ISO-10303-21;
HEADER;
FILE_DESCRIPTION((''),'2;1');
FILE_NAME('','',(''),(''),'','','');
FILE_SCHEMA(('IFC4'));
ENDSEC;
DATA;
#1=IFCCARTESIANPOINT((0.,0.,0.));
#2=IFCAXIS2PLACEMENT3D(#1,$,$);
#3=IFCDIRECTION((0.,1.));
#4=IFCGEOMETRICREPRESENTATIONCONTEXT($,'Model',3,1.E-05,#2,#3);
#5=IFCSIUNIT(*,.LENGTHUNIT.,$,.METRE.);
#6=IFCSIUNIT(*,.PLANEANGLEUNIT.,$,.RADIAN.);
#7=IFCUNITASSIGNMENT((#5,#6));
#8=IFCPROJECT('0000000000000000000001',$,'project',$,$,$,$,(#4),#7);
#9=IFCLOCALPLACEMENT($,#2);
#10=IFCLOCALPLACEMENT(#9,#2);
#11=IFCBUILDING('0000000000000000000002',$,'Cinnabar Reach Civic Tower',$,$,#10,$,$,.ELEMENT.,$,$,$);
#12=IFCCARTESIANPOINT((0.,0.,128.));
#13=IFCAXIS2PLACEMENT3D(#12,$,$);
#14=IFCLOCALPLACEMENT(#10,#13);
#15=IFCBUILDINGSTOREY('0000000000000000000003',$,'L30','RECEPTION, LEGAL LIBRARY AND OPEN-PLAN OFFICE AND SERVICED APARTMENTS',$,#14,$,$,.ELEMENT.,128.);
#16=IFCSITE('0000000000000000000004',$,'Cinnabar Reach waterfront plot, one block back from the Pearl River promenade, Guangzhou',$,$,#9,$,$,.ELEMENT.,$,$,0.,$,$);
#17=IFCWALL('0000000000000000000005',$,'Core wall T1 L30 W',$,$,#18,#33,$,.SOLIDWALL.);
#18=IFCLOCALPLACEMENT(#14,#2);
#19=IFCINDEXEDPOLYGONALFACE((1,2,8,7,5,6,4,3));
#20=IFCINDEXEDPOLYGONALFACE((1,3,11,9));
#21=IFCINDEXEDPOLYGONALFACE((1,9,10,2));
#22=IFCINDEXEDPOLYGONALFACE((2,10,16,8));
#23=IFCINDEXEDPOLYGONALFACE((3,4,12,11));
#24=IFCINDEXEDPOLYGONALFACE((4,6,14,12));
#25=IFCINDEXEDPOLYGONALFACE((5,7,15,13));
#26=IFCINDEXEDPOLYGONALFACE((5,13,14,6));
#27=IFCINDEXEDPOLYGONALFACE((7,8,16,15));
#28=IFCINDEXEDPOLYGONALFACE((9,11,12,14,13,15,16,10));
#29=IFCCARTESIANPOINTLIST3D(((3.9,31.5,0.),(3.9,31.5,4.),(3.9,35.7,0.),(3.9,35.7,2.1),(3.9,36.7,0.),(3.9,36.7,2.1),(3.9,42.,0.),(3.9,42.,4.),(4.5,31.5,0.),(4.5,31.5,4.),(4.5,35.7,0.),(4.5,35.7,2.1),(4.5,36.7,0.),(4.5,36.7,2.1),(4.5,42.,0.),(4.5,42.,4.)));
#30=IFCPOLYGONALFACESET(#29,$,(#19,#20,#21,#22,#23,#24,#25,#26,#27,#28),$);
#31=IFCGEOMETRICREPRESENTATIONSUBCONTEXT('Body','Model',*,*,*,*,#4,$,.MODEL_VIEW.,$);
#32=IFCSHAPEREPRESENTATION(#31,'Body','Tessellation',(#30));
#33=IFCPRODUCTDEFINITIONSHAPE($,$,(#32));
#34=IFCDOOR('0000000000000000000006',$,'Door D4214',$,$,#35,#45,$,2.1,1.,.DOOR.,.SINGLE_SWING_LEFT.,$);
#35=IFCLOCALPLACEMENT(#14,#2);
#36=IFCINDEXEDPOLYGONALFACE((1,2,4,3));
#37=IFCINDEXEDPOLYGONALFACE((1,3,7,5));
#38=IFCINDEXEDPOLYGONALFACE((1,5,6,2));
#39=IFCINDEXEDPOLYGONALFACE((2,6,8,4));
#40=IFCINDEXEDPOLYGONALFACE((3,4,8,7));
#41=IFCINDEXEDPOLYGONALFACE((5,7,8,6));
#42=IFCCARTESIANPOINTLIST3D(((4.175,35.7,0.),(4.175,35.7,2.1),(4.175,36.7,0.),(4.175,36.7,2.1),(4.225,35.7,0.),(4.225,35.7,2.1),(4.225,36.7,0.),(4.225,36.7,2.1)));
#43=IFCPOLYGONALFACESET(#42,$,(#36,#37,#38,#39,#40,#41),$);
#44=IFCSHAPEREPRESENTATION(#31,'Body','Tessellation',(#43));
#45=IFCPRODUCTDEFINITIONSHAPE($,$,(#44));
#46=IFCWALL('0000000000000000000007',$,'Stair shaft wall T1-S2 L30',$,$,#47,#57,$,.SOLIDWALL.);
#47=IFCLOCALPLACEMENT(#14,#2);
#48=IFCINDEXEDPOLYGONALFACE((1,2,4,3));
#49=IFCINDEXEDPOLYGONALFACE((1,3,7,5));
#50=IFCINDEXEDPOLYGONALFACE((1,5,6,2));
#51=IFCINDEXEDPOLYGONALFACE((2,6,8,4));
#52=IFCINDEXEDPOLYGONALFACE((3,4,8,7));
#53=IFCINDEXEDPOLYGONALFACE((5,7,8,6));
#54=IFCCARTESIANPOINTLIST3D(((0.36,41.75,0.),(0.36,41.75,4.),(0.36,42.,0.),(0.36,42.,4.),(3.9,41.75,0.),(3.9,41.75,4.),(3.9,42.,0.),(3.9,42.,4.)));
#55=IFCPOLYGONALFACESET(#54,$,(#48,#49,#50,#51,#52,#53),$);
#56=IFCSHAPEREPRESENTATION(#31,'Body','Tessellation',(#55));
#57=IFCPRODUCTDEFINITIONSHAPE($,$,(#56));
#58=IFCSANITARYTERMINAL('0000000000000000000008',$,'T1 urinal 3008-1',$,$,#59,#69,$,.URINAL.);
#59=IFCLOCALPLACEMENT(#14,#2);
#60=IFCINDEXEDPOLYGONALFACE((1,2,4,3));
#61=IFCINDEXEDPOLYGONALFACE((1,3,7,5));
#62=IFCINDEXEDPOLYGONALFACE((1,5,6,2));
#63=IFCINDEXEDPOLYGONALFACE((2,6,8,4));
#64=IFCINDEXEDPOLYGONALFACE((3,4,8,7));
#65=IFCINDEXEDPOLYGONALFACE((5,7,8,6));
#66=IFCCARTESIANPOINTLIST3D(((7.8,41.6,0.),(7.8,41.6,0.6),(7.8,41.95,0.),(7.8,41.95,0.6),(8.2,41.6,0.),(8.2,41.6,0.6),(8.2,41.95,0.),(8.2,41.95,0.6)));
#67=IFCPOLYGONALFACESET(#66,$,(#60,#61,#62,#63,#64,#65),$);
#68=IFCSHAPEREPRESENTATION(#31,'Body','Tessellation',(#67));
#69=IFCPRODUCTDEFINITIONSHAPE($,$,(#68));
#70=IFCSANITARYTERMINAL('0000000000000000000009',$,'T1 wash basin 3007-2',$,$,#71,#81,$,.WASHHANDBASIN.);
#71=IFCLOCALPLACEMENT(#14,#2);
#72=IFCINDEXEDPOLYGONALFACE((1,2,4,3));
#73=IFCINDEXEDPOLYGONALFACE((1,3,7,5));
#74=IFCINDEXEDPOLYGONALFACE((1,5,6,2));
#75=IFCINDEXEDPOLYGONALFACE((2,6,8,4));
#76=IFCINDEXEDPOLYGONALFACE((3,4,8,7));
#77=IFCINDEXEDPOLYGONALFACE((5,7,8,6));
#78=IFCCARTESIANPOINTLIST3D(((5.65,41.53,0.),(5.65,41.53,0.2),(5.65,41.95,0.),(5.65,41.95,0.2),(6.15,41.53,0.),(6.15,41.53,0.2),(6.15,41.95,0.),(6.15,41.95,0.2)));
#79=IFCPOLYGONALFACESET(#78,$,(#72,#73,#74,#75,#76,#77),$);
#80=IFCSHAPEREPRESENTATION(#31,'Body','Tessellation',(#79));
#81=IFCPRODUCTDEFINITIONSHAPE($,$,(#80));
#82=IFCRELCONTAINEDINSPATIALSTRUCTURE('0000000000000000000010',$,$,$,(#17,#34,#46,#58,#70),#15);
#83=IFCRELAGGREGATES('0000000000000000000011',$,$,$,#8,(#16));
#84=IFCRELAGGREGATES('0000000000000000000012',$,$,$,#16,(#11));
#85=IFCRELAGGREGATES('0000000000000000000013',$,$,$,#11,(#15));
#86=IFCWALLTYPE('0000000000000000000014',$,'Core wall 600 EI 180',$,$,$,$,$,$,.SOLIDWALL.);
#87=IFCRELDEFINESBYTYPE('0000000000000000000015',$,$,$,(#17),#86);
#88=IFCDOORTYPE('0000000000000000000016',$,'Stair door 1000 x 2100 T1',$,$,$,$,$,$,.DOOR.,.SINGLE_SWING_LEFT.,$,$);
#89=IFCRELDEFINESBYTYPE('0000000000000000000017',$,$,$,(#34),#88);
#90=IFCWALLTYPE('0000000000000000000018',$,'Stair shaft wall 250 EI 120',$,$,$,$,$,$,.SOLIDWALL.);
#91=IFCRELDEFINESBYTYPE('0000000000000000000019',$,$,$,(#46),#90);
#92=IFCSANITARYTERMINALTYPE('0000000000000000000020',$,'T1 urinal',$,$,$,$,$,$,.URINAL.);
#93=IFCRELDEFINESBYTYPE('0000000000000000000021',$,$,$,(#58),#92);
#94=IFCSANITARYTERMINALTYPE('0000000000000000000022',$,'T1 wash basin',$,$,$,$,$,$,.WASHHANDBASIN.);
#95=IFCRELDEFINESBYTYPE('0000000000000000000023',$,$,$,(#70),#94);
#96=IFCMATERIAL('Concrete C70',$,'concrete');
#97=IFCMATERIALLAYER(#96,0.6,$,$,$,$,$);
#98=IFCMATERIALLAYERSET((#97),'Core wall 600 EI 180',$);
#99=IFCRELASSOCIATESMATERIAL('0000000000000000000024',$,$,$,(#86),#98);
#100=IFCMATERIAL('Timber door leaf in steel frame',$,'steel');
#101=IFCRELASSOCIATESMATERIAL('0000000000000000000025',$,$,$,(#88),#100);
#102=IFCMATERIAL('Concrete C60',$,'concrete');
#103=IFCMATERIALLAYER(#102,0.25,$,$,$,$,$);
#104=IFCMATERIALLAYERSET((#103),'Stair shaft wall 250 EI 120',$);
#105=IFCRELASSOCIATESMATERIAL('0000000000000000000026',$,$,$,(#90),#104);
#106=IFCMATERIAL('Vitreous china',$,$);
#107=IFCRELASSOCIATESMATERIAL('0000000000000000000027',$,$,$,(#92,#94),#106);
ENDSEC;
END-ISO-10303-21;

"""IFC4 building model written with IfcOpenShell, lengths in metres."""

from ifc_helpers import new_model, si_unit, direction, frame, frame_2d, origin, origin_2d, place, context, subcontext, project, spatial, rectangle, extrude, material, layer, layer_set, type_object, element, fill, save


model = new_model("IFC4")

# Units and contexts
model_context = context("Model", 3, precision=1e-05, world=origin(), true_north=direction((0.0, 1.0)))
body_context = subcontext(model_context, "Body", "Model", "MODEL_VIEW")
ifc_project = project(units=[si_unit("LENGTHUNIT", "METRE"), si_unit("PLANEANGLEUNIT", "RADIAN")], contexts=[model_context])

# Site, building, storey
site_placement = place(None, origin())
site = spatial("IfcSite", under=ifc_project, at=site_placement, Name="Cinnabar Reach waterfront plot, one block back from the Pearl River promenade, Guangzhou", CompositionType="ELEMENT", RefElevation=0.0)
building_placement = place(site_placement, origin())
building = spatial("IfcBuilding", under=site, at=building_placement, Name="Cinnabar Reach Civic Tower", CompositionType="ELEMENT")
storey_placement = place(building_placement, frame((0.0, 0.0, 128.0)))
storey = spatial("IfcBuildingStorey", under=building, at=storey_placement, Name="L30", Description="RECEPTION, LEGAL LIBRARY AND OPEN-PLAN OFFICE AND SERVICED APARTMENTS", CompositionType="ELEMENT", Elevation=128.0)

# Wall, opening, door
ifc_material_1 = material(Name="Concrete C70", Category="concrete")
ifc_layer_1 = layer(ifc_material_1, 0.6)
ifc_layer_set_1 = layer_set([ifc_layer_1], Name="Core wall 600 EI 180")
wall_type_1 = type_object("IfcWallType", Name="Core wall 600 EI 180", PredefinedType="SOLIDWALL", material=ifc_layer_set_1)
wall_1_placement = place(storey_placement, frame((4.2, 42.0, 0.0), z_axis=(0.0, 0.0, 1.0), x_axis=(0.0, -1.0, 0.0)))
wall_1 = element("IfcWall", 1, at=wall_1_placement, inside=storey, type_object=wall_type_1, Name="Core wall T1 L30 W", PredefinedType="SOLIDWALL", context=body_context, shape_type="SweptSolid", body=[
    extrude(rectangle(XDim=10.5, YDim=0.6, at=frame_2d((5.25, 0.0))), origin(), (0.0, 0.0, 1.0), 4.0),
])
opening_placement = place(wall_1_placement, frame((5.3, 0.0, 0.0)))
opening = element("IfcOpeningElement", 2, at=opening_placement, cuts=wall_1, PredefinedType="OPENING", context=body_context, shape_type="SweptSolid", body=[
    extrude(rectangle(XDim=1.0, YDim=2.1, at=frame_2d((0.5, 1.05))), frame((0.0, 0.31, 0.0), z_axis=(0.0, -1.0, 0.0), x_axis=(1.0, 0.0, 0.0)), (0.0, 0.0, 1.0), 0.62),
])
ifc_material_2 = material(Name="Timber door leaf in steel frame", Category="steel")
door_type = type_object("IfcDoorType", Name="Stair door 1000 x 2100 T1", OperationType="SINGLE_SWING_LEFT", PredefinedType="DOOR", material=ifc_material_2)
door_placement = place(opening_placement, frame((1.0, 0.0, 0.0), z_axis=(0.0, 0.0, 1.0), x_axis=(-1.0, 0.0, 0.0)))
door = element("IfcDoor", 3, at=door_placement, inside=storey, type_object=door_type, Name="Door D4214", OperationType="SINGLE_SWING_LEFT", OverallHeight=2.1, OverallWidth=1.0, PredefinedType="DOOR", context=body_context, shape_type="SweptSolid", body=[
    extrude(rectangle(XDim=1.0, YDim=2.1, at=frame_2d((0.5, 1.05))), frame((0.0, 0.025, 0.0), z_axis=(0.0, -1.0, 0.0), x_axis=(1.0, 0.0, 0.0)), (0.0, 0.0, 1.0), 0.05),
])
fill(opening, door)

# Wall
ifc_material_3 = material(Name="Concrete C60", Category="concrete")
ifc_layer_2 = layer(ifc_material_3, 0.25)
ifc_layer_set_2 = layer_set([ifc_layer_2], Name="Stair shaft wall 250 EI 120")
wall_type_2 = type_object("IfcWallType", Name="Stair shaft wall 250 EI 120", PredefinedType="SOLIDWALL", material=ifc_layer_set_2)
wall_2_placement = place(storey_placement, frame((3.9, 41.875, 0.0), z_axis=(0.0, 0.0, 1.0), x_axis=(-1.0, 0.0, 0.0)))
element("IfcWall", 4, at=wall_2_placement, inside=storey, type_object=wall_type_2, Name="Stair shaft wall T1-S2 L30", PredefinedType="SOLIDWALL", context=body_context, shape_type="SweptSolid", body=[
    extrude(rectangle(XDim=3.54, YDim=0.25, at=frame_2d((1.77, 0.0))), origin(), (0.0, 0.0, 1.0), 4.0),
])

# Sanitary terminals
ifc_material_4 = material(Name="Vitreous china")
sanitary_terminal_type_1 = type_object("IfcSanitaryTerminalType", Name="T1 urinal", PredefinedType="URINAL", material=ifc_material_4)
sanitary_terminal_1_placement = place(storey_placement, frame((8.0, 41.775, 0.0), z_axis=(0.0, 0.0, 1.0), x_axis=(1.0, 0.0, 0.0)))
element("IfcSanitaryTerminal", 5, at=sanitary_terminal_1_placement, inside=storey, type_object=sanitary_terminal_type_1, Name="T1 urinal 3008-1", PredefinedType="URINAL", context=body_context, shape_type="SweptSolid", body=[
    extrude(rectangle(XDim=0.4, YDim=0.35, at=origin_2d()), origin(), (0.0, 0.0, 1.0), 0.6),
])
sanitary_terminal_type_2 = type_object("IfcSanitaryTerminalType", Name="T1 wash basin", PredefinedType="WASHHANDBASIN", material=ifc_material_4)
sanitary_terminal_2_placement = place(storey_placement, frame((5.9, 41.74, 0.0), z_axis=(0.0, 0.0, 1.0), x_axis=(1.0, 0.0, 0.0)))
element("IfcSanitaryTerminal", 6, at=sanitary_terminal_2_placement, inside=storey, type_object=sanitary_terminal_type_2, Name="T1 wash basin 3007-2", PredefinedType="WASHHANDBASIN", context=body_context, shape_type="SweptSolid", body=[
    extrude(rectangle(XDim=0.5, YDim=0.42, at=origin_2d()), origin(), (0.0, 0.0, 1.0), 0.2),
])

save(model, "model.ifc")
